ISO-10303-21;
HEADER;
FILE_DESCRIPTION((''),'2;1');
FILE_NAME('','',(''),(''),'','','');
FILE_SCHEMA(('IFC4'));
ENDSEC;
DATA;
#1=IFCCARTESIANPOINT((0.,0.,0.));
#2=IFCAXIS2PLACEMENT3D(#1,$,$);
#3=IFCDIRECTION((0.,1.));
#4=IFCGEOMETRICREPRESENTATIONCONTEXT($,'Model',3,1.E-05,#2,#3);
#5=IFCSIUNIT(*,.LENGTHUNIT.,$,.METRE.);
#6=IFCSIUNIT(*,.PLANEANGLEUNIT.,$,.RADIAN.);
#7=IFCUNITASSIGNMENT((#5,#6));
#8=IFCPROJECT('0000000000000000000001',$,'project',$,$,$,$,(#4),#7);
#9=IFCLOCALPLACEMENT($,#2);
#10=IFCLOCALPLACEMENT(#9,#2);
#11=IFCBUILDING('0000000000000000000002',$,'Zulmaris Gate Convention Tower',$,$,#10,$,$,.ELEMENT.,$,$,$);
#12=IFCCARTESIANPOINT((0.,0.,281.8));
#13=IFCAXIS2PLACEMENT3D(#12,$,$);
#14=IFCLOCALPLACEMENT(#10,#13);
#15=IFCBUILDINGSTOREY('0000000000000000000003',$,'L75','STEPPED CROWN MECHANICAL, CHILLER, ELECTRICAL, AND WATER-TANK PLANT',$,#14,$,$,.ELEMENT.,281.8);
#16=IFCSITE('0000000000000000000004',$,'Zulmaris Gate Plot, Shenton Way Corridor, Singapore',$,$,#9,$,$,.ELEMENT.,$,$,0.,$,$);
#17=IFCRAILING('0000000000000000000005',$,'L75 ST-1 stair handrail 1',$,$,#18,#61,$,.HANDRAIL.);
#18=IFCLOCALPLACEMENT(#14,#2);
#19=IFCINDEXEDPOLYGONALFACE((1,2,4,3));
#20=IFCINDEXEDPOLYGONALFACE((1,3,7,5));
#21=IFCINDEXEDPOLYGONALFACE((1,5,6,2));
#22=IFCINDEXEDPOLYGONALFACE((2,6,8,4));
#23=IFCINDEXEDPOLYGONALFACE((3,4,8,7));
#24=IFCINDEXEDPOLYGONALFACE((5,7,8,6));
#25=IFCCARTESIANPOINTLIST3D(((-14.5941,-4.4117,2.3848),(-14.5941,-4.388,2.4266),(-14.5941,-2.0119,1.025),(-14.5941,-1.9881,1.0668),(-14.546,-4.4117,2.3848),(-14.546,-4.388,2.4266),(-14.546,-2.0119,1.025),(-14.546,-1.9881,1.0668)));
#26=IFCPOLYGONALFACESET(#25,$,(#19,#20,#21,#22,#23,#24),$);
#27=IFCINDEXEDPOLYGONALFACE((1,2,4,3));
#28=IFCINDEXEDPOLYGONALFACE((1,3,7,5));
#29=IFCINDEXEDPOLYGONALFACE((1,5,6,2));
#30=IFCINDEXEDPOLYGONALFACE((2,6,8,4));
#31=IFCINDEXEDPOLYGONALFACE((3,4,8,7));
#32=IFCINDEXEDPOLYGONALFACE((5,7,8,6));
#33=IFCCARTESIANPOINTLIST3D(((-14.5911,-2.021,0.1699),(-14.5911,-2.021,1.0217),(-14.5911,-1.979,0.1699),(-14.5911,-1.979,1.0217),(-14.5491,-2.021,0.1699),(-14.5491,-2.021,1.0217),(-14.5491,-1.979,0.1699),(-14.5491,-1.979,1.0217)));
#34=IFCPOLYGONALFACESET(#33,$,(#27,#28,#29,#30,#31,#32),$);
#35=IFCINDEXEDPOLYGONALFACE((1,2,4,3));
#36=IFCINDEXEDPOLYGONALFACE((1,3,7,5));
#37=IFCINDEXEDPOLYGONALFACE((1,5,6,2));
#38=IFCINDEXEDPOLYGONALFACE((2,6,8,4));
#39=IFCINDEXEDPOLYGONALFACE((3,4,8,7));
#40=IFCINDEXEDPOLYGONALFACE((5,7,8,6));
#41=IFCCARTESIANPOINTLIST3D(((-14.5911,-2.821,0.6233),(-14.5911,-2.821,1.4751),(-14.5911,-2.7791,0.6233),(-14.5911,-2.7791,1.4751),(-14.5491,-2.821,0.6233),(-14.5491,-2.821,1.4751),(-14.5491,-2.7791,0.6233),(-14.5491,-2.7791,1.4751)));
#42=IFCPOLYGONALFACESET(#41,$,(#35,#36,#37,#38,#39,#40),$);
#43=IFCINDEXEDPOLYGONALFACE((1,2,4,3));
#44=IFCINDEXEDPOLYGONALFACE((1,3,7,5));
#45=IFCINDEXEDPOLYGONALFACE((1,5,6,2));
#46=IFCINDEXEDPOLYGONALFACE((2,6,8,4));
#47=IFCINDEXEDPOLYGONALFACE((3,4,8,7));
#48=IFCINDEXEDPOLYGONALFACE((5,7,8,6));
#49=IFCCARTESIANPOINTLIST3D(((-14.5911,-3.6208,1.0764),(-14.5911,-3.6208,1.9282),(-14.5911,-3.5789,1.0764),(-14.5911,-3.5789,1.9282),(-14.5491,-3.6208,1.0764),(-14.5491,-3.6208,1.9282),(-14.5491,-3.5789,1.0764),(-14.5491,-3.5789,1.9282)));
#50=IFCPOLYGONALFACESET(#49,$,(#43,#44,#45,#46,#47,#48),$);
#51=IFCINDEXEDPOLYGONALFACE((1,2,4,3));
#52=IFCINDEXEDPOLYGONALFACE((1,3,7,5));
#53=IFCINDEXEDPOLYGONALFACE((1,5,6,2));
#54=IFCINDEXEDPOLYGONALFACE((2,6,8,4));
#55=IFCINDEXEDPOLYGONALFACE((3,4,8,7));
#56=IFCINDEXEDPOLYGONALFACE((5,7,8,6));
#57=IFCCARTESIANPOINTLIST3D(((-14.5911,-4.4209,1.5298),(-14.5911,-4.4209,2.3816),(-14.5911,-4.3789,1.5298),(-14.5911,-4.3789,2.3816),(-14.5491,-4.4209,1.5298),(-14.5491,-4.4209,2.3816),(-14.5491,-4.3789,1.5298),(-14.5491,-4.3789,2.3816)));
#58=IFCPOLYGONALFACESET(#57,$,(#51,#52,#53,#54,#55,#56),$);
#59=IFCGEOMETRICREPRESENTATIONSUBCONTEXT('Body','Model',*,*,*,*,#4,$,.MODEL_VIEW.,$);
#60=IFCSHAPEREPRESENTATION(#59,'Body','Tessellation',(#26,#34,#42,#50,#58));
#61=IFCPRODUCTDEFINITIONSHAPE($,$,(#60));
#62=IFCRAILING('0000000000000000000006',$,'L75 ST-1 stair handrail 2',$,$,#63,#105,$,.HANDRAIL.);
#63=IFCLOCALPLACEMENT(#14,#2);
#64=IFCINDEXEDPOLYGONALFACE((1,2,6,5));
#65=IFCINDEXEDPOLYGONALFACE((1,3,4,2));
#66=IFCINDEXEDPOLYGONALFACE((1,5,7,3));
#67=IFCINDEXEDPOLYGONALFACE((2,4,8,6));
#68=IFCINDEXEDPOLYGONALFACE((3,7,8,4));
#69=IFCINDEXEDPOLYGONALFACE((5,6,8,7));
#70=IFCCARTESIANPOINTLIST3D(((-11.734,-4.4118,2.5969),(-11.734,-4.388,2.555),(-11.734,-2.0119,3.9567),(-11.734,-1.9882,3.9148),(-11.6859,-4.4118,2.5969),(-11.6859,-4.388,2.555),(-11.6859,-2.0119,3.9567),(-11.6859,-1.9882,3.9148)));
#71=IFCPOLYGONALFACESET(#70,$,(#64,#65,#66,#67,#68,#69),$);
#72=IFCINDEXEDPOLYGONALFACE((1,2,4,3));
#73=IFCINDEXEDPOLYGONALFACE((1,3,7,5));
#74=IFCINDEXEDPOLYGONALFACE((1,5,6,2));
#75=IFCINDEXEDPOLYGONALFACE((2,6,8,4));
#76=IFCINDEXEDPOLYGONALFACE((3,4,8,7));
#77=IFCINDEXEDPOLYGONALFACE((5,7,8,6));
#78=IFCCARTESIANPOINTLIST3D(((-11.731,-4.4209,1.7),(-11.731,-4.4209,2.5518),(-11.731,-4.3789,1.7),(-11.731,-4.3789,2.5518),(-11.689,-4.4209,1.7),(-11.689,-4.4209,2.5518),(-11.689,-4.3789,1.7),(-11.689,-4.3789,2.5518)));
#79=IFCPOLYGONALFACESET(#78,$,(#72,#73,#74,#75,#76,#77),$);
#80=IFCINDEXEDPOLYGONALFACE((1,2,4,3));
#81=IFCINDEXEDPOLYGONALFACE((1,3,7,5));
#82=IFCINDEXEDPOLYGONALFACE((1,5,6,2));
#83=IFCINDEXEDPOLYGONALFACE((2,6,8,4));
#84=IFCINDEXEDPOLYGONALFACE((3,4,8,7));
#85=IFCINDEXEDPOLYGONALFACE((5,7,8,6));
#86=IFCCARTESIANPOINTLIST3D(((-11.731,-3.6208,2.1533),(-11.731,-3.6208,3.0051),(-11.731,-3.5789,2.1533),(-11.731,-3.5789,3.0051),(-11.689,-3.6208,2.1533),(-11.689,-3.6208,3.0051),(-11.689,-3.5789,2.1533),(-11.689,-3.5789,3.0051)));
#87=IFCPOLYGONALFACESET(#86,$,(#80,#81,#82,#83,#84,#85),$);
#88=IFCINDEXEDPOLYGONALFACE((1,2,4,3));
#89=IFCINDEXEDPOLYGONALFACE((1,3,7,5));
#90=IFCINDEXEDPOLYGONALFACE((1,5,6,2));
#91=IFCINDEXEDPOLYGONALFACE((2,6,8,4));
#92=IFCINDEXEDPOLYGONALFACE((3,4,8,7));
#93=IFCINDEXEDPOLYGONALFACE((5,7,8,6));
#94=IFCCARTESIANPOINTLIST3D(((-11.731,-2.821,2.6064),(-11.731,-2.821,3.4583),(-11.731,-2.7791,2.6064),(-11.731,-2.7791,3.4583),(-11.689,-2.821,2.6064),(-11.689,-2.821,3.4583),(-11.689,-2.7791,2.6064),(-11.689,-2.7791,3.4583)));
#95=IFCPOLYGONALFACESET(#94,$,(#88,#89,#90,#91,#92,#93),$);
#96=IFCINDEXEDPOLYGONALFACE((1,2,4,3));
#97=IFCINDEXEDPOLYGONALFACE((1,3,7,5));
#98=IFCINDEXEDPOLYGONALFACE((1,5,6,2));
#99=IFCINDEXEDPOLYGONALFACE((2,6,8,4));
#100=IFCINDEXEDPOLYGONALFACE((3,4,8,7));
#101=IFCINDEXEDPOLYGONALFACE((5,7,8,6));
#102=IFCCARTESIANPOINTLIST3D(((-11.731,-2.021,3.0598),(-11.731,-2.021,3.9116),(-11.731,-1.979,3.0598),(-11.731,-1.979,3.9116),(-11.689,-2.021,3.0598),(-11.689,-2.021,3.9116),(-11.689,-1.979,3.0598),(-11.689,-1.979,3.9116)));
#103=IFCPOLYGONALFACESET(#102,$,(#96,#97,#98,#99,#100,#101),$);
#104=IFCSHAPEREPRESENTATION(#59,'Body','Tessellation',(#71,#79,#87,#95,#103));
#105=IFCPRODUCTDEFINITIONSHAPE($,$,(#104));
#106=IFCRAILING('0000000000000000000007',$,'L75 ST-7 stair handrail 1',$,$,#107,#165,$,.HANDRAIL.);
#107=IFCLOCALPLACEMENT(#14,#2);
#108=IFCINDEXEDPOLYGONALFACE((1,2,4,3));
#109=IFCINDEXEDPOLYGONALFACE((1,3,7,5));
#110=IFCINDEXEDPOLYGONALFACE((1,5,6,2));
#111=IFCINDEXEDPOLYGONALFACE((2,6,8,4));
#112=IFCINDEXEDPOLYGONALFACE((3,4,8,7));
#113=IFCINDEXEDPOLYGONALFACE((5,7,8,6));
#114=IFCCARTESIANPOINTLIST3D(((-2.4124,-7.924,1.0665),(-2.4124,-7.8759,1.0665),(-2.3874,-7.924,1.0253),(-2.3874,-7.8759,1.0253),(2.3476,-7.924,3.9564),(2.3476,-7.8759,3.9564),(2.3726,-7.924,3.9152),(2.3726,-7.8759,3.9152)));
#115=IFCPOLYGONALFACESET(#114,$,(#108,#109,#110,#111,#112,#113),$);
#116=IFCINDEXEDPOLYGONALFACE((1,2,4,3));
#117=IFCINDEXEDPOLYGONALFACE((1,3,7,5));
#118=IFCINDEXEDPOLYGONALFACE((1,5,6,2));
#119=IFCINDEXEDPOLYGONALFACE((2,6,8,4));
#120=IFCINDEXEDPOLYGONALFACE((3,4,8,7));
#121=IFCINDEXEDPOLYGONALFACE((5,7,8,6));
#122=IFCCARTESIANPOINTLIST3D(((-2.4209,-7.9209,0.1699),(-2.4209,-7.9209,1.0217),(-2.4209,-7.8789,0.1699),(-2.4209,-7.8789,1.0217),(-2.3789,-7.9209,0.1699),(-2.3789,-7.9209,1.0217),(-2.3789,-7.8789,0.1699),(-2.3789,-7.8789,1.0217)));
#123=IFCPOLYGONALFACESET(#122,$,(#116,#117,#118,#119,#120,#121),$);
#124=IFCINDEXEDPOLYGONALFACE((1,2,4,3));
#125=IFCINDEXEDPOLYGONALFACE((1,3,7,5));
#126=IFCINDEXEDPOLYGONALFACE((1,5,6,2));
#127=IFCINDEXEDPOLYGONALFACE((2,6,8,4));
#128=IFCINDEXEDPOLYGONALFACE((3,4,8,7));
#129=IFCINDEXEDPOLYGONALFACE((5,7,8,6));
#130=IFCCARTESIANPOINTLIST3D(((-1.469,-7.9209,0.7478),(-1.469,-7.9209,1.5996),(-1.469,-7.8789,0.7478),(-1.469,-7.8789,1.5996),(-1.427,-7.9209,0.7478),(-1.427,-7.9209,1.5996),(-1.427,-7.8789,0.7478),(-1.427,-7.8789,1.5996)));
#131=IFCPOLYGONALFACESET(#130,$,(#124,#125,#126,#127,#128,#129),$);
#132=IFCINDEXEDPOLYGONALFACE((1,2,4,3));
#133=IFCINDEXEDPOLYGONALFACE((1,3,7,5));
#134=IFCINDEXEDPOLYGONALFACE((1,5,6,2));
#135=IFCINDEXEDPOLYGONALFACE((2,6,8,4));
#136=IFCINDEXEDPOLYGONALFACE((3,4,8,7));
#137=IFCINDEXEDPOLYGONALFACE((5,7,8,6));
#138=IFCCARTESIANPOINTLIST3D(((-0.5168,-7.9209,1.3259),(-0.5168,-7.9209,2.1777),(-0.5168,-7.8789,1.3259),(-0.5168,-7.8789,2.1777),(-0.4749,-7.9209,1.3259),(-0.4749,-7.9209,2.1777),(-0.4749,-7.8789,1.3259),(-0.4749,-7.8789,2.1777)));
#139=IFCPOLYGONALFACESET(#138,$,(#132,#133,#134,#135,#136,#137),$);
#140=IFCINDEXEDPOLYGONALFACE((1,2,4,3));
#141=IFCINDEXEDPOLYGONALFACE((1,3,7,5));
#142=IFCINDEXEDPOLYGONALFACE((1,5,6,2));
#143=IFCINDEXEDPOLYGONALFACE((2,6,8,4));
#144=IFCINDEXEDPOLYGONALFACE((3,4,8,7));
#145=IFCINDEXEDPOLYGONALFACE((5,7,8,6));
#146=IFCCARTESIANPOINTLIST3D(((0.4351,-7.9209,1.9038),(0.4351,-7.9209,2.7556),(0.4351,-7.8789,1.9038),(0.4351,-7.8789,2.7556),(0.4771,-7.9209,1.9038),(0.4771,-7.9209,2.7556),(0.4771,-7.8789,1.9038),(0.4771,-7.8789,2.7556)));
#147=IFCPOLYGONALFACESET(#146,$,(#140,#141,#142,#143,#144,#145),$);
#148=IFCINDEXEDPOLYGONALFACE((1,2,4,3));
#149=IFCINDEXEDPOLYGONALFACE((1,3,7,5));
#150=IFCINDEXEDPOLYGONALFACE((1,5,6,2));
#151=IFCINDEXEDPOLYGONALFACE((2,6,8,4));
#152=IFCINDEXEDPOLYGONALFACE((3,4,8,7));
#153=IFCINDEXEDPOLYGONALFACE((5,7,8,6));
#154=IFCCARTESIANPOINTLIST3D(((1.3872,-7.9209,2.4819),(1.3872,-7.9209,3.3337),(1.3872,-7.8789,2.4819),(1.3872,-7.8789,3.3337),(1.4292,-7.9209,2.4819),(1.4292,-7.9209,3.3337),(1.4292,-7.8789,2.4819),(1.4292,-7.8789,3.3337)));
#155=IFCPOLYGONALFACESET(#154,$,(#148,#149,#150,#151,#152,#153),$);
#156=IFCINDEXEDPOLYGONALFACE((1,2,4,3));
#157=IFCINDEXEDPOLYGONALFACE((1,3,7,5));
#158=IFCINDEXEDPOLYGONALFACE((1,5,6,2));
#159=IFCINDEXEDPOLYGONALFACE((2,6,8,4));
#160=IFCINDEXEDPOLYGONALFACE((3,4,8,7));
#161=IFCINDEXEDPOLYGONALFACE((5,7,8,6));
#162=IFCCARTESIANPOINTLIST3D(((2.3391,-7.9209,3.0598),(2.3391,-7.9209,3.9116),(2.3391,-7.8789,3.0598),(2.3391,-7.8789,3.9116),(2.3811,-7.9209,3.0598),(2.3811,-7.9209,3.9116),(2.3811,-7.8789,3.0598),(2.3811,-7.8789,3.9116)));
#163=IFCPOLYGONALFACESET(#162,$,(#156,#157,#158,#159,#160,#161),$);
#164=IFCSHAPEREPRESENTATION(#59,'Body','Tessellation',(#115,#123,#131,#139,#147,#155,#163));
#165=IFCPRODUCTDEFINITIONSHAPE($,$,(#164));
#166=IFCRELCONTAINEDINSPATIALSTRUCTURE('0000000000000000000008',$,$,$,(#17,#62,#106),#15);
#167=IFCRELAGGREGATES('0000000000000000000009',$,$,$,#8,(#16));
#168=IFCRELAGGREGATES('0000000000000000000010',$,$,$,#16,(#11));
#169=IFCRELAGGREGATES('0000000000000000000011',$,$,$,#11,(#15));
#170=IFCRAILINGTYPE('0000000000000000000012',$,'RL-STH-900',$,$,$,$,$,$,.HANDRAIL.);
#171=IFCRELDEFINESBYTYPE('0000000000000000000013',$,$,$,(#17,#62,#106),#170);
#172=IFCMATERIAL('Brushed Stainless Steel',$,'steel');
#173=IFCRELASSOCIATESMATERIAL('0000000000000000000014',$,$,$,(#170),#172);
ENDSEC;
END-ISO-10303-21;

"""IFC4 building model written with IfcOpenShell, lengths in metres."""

from ifc_helpers import new_model, si_unit, direction, frame, origin, origin_2d, place, context, subcontext, project, spatial, rectangle, extrude, material, type_object, element, save


model = new_model("IFC4")

# Units and contexts
model_context = context("Model", 3, precision=1e-05, world=origin(), true_north=direction((0.0, 1.0)))
body_context = subcontext(model_context, "Body", "Model", "MODEL_VIEW")
ifc_project = project(units=[si_unit("LENGTHUNIT", "METRE"), si_unit("PLANEANGLEUNIT", "RADIAN")], contexts=[model_context])

# Site, building, storey
site_placement = place(None, origin())
site = spatial("IfcSite", under=ifc_project, at=site_placement, Name="Zulmaris Gate Plot, Shenton Way Corridor, Singapore", CompositionType="ELEMENT", RefElevation=0.0)
building_placement = place(site_placement, origin())
building = spatial("IfcBuilding", under=site, at=building_placement, Name="Zulmaris Gate Convention Tower", CompositionType="ELEMENT")
storey_placement = place(building_placement, frame((0.0, 0.0, 281.8)))
storey = spatial("IfcBuildingStorey", under=building, at=storey_placement, Name="L75", Description="STEPPED CROWN MECHANICAL, CHILLER, ELECTRICAL, AND WATER-TANK PLANT", CompositionType="ELEMENT", Elevation=281.8)

# Railings
ifc_material_1 = material(Name="Brushed Stainless Steel", Category="steel")
railing_type_1 = type_object("IfcRailingType", Name="RL-STH-900", PredefinedType="HANDRAIL", material=ifc_material_1)
railing_1_placement = place(storey_placement, frame((-14.5701, -2.0, 0.1699)))
element("IfcRailing", 1, at=railing_1_placement, inside=storey, type_object=railing_type_1, Name="L75 ST-1 stair handrail 1", PredefinedType="HANDRAIL", context=body_context, shape_type="SweptSolid", body=[
    extrude(rectangle(XDim=0.0481, YDim=0.0481, at=origin_2d()), frame((0.0, 0.0, 0.876), z_axis=(0.0, -0.870035, 0.49299), x_axis=(1.0, 0.0, 0.0)), (0.0, 0.0, 1.0), 2.7583),
    extrude(rectangle(XDim=0.042, YDim=0.042, at=origin_2d()), origin(), (0.0, 0.0, 1.0), 0.8518),
    extrude(rectangle(XDim=0.042, YDim=0.042, at=origin_2d()), frame((0.0, -0.8, 0.4534)), (0.0, 0.0, 1.0), 0.8518),
    extrude(rectangle(XDim=0.042, YDim=0.042, at=origin_2d()), frame((0.0, -1.5999, 0.9065)), (0.0, 0.0, 1.0), 0.8518),
    extrude(rectangle(XDim=0.042, YDim=0.042, at=origin_2d()), frame((0.0, -2.3999, 1.3599)), (0.0, 0.0, 1.0), 0.8518),
])
railing_2_placement = place(storey_placement, frame((-11.71, -4.3999, 1.7)))
element("IfcRailing", 2, at=railing_2_placement, inside=storey, type_object=railing_type_1, Name="L75 ST-1 stair handrail 2", PredefinedType="HANDRAIL", context=body_context, shape_type="SweptSolid", body=[
    extrude(rectangle(XDim=0.0481, YDim=0.0481, at=origin_2d()), frame((0.0, 0.0, 0.876), z_axis=(0.0, 0.870035, 0.49299), x_axis=(-1.0, 0.0, 0.0)), (0.0, 0.0, 1.0), 2.7583),
    extrude(rectangle(XDim=0.042, YDim=0.042, at=origin_2d()), origin(), (0.0, 0.0, 1.0), 0.8518),
    extrude(rectangle(XDim=0.042, YDim=0.042, at=origin_2d()), frame((0.0, 0.8, 0.4534)), (0.0, 0.0, 1.0), 0.8518),
    extrude(rectangle(XDim=0.042, YDim=0.042, at=origin_2d()), frame((0.0, 1.5999, 0.9065)), (0.0, 0.0, 1.0), 0.8518),
    extrude(rectangle(XDim=0.042, YDim=0.042, at=origin_2d()), frame((0.0, 2.3999, 1.3599)), (0.0, 0.0, 1.0), 0.8518),
])
railing_3_placement = place(storey_placement, frame((-2.3999, -7.8999, 0.1699)))
element("IfcRailing", 3, at=railing_3_placement, inside=storey, type_object=railing_type_1, Name="L75 ST-7 stair handrail 1", PredefinedType="HANDRAIL", context=body_context, shape_type="SweptSolid", body=[
    extrude(rectangle(XDim=0.0481, YDim=0.0481, at=origin_2d()), frame((0.0, 0.0, 0.876), z_axis=(0.854797, 0.0, 0.518963), x_axis=(0.0, 1.0, 0.0)), (0.0, 0.0, 1.0), 5.5686),
    extrude(rectangle(XDim=0.042, YDim=0.042, at=origin_2d()), origin(), (0.0, 0.0, 1.0), 0.8518),
    extrude(rectangle(XDim=0.042, YDim=0.042, at=origin_2d()), frame((0.9519, 0.0, 0.5779)), (0.0, 0.0, 1.0), 0.8518),
    extrude(rectangle(XDim=0.042, YDim=0.042, at=origin_2d()), frame((1.9041, 0.0, 1.156)), (0.0, 0.0, 1.0), 0.8518),
    extrude(rectangle(XDim=0.042, YDim=0.042, at=origin_2d()), frame((2.856, 0.0, 1.7339)), (0.0, 0.0, 1.0), 0.8518),
    extrude(rectangle(XDim=0.042, YDim=0.042, at=origin_2d()), frame((3.8081, 0.0, 2.312)), (0.0, 0.0, 1.0), 0.8518),
    extrude(rectangle(XDim=0.042, YDim=0.042, at=origin_2d()), frame((4.76, 0.0, 2.8899)), (0.0, 0.0, 1.0), 0.8518),
])

save(model, "model.ifc")
